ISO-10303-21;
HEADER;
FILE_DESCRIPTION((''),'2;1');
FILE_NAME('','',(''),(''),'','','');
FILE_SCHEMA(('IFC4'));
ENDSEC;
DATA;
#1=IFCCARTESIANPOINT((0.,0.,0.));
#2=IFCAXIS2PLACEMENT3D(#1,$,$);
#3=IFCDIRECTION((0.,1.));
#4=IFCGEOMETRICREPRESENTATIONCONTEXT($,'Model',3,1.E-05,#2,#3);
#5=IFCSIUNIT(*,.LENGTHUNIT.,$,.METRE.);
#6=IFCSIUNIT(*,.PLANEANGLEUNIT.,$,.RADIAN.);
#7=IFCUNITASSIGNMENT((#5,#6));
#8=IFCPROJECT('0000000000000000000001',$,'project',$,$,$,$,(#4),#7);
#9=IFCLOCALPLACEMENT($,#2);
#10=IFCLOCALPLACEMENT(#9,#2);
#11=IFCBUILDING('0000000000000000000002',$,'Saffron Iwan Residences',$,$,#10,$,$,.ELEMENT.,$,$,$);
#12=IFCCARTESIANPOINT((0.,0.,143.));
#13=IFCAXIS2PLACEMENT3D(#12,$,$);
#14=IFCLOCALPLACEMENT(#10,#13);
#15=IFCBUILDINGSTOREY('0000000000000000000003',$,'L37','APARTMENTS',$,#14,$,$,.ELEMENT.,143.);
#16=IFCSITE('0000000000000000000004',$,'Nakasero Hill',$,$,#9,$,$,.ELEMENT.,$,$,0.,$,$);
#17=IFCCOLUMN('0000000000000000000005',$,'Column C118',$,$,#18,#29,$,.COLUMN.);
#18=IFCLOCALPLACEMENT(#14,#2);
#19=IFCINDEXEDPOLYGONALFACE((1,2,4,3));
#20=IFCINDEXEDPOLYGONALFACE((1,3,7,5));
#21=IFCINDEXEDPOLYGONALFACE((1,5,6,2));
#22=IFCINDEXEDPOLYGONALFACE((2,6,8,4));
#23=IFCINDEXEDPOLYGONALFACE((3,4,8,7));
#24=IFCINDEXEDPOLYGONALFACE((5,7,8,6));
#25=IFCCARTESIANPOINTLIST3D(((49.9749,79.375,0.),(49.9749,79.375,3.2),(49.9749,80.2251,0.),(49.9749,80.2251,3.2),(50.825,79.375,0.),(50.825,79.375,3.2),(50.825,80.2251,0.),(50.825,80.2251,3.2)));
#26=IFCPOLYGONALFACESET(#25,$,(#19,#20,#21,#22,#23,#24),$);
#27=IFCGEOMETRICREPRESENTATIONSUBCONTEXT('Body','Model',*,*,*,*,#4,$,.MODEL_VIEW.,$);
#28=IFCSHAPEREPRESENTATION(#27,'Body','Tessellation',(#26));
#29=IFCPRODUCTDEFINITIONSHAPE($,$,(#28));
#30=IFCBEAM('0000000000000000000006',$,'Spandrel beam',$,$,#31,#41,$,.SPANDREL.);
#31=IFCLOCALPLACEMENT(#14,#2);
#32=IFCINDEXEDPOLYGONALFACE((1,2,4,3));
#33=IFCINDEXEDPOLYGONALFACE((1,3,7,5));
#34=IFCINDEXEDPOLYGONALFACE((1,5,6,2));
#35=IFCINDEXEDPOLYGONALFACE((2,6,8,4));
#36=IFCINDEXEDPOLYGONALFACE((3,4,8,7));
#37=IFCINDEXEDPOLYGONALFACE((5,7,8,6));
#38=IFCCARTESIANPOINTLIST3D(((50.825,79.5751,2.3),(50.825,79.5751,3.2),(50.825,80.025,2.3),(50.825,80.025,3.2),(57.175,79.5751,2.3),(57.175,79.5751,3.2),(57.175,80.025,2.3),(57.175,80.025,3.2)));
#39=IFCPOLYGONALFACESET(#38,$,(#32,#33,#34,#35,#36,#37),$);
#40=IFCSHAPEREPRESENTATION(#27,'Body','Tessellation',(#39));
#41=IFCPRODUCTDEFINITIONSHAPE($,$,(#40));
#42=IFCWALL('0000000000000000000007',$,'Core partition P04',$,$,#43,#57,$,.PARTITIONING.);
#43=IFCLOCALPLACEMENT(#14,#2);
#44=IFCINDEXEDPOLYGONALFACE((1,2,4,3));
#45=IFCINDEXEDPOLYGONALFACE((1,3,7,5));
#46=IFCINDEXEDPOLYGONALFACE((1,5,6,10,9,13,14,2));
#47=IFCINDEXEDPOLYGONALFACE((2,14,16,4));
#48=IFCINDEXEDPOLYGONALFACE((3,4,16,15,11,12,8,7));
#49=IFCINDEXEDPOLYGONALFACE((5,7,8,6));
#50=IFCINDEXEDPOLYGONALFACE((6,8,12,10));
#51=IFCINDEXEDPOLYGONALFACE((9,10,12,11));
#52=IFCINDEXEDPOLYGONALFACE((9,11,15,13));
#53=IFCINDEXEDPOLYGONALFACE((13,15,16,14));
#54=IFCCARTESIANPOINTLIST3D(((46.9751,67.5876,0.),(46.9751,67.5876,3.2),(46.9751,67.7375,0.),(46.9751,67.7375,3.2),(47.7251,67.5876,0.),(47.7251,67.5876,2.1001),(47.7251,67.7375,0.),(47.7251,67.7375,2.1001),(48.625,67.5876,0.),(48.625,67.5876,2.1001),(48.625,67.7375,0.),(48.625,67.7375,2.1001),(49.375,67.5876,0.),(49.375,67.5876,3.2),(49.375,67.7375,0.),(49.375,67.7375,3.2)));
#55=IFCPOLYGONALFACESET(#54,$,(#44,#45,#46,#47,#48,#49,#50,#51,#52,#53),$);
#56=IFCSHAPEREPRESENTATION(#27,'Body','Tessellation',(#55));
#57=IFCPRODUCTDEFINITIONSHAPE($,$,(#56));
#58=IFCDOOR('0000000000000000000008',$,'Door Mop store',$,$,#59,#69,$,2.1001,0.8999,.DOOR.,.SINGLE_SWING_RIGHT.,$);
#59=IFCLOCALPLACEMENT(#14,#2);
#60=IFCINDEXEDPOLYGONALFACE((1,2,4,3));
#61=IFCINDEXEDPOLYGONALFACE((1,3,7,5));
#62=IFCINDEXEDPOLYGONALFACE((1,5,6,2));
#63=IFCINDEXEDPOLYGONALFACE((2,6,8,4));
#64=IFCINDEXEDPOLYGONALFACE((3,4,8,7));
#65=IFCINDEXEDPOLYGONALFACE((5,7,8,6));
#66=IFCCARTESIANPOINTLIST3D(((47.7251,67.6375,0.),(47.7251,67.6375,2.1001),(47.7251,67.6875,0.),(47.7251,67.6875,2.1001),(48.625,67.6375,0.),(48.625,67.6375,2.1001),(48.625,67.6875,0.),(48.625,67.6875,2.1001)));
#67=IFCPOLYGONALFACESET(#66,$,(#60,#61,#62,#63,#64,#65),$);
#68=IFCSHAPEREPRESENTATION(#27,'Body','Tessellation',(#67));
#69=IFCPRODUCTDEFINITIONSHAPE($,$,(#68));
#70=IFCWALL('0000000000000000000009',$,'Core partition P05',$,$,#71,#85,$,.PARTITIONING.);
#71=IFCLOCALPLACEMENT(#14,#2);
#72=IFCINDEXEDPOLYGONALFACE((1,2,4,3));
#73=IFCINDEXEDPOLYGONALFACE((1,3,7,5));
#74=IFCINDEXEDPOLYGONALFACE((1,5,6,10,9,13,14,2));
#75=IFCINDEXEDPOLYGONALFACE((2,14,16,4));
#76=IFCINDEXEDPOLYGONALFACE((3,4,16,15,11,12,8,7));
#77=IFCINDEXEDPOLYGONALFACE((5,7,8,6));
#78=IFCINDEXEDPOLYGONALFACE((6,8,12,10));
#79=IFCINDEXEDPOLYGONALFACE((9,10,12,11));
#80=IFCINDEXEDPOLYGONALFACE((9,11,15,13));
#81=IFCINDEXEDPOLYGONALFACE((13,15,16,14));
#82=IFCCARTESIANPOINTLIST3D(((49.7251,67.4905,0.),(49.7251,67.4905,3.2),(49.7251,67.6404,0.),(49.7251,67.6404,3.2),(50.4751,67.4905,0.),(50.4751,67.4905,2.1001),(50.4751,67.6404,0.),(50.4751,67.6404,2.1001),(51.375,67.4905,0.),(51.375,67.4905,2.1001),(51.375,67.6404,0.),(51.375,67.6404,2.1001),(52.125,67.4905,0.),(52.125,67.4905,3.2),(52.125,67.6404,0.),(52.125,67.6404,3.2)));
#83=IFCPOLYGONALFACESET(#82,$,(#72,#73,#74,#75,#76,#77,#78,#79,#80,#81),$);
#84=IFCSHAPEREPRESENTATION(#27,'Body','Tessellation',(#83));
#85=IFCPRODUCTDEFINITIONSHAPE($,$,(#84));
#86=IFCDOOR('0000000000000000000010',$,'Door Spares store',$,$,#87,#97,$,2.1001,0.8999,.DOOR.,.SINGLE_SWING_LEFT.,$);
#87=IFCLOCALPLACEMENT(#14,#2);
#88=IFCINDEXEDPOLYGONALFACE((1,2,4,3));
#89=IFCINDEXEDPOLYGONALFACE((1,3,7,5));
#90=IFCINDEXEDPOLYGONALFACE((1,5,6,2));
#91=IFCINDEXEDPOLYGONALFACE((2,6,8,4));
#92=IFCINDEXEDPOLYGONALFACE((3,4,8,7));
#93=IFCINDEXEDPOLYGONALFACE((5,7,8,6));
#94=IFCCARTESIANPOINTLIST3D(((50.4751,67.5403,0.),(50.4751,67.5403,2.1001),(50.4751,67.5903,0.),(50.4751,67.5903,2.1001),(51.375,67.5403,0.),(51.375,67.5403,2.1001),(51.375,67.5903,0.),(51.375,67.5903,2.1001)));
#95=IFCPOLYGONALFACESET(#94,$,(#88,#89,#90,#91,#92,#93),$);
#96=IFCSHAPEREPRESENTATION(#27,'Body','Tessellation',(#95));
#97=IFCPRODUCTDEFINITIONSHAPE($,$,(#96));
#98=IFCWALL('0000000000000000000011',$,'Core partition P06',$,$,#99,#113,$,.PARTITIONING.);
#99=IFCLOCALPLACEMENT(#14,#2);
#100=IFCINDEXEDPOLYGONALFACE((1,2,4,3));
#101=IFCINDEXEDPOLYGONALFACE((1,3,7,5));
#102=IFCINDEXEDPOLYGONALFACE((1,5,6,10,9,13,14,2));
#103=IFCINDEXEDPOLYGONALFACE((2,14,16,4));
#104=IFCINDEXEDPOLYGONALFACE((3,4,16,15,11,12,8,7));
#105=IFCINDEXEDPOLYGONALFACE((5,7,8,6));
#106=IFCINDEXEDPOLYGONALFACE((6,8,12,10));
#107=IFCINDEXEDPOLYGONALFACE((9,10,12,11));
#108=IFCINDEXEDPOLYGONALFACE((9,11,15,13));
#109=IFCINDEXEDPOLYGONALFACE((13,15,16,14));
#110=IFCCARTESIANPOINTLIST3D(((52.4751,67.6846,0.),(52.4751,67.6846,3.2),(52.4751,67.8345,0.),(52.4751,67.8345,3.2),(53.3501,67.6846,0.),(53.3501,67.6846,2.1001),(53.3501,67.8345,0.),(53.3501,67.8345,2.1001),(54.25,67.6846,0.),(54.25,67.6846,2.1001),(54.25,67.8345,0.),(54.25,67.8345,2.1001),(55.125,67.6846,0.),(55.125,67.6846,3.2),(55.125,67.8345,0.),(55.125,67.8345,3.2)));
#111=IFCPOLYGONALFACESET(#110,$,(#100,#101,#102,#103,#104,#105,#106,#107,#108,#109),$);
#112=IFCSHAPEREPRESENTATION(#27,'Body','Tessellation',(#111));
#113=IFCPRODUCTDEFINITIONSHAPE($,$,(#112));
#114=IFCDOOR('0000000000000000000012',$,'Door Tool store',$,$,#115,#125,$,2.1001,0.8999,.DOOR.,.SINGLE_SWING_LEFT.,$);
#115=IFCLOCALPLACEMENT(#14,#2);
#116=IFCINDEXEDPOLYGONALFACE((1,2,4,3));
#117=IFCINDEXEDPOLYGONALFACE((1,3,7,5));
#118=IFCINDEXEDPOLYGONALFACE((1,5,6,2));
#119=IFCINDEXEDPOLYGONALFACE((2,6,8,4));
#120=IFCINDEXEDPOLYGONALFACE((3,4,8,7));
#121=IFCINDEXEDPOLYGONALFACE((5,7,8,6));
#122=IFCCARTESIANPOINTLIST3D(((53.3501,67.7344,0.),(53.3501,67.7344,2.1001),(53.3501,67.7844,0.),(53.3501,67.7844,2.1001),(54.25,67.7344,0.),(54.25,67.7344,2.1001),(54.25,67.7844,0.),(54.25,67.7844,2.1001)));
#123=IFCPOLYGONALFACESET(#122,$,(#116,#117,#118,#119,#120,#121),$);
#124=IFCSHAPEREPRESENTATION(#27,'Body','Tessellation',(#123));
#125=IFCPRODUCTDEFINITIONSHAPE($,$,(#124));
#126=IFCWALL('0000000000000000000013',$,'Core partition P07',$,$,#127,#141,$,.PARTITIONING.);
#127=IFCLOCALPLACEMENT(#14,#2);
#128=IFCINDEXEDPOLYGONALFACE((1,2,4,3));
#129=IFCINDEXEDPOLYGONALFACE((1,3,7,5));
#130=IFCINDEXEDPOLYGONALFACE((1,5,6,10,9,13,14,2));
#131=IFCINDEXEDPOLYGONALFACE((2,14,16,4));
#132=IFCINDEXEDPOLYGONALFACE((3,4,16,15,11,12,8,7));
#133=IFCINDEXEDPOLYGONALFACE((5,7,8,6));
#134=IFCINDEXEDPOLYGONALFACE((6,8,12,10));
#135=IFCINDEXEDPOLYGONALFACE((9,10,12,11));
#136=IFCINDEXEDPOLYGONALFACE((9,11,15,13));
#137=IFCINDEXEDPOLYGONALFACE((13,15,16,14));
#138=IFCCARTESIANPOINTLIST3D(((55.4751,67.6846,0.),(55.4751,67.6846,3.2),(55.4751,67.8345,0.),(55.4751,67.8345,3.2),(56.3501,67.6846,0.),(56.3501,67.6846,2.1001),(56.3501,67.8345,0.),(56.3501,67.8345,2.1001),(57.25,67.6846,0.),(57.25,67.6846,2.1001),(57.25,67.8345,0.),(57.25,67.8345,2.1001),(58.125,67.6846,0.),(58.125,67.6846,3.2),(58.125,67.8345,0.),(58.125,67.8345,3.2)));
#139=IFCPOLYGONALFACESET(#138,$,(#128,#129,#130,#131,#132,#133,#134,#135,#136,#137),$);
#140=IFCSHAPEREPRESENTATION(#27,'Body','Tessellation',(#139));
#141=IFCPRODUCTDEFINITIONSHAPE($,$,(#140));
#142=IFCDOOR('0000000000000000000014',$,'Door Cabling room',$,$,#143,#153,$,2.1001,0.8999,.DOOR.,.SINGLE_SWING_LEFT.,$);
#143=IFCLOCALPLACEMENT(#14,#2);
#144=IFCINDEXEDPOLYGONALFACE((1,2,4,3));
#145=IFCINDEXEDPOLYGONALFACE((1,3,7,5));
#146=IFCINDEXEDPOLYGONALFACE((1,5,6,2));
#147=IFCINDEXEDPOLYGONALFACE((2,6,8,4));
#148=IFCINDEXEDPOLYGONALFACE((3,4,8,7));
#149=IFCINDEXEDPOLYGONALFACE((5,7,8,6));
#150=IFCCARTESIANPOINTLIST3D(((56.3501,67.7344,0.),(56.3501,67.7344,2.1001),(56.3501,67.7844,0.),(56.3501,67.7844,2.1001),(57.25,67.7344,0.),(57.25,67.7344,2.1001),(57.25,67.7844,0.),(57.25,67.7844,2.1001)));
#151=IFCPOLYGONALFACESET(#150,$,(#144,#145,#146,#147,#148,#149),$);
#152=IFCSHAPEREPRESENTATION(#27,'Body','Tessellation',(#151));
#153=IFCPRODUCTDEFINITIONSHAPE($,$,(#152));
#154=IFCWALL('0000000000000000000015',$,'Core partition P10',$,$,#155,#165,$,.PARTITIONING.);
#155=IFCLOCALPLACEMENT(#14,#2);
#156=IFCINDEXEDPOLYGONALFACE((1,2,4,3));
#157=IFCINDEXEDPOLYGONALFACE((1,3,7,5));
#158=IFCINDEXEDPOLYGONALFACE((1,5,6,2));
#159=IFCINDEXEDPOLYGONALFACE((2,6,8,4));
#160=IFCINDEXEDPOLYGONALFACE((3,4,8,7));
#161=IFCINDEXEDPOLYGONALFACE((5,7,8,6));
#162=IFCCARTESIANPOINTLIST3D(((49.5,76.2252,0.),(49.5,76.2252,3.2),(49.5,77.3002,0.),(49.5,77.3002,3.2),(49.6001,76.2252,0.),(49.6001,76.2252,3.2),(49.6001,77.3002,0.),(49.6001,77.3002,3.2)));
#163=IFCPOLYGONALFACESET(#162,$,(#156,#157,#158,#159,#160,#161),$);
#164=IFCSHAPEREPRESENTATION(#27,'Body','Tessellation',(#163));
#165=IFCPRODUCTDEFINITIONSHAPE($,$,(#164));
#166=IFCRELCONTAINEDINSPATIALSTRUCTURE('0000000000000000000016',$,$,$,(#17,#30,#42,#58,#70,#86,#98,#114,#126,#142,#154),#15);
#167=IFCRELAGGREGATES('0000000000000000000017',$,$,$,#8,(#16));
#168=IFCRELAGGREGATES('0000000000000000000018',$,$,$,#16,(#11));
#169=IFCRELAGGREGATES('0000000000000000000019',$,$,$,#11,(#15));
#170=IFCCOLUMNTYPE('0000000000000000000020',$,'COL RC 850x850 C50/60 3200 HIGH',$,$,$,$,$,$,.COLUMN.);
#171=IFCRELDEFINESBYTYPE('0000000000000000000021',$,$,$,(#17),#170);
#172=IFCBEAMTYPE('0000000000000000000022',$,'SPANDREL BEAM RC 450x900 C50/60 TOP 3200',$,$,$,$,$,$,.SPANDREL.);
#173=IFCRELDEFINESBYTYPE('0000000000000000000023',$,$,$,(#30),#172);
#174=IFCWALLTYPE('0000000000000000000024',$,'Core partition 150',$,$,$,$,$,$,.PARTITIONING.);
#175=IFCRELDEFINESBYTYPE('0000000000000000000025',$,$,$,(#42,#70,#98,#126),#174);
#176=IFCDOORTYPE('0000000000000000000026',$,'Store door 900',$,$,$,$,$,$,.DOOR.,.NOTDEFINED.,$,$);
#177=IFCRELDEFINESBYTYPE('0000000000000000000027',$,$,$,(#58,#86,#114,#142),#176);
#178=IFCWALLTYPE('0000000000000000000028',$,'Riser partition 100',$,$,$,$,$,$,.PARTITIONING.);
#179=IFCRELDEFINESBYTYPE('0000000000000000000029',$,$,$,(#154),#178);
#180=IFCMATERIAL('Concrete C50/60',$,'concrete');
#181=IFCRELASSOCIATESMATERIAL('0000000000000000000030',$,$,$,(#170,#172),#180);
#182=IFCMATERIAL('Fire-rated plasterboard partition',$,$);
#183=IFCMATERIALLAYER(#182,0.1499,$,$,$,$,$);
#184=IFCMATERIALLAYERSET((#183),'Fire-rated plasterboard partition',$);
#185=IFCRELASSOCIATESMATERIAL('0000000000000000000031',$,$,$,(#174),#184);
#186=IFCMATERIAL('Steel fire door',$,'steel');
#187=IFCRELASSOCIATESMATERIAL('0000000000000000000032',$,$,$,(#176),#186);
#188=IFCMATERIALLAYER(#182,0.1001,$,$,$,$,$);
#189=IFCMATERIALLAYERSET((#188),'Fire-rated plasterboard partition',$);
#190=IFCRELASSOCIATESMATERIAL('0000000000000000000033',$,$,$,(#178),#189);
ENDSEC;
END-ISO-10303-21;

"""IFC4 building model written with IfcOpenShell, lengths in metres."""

from ifc_helpers import new_model, si_unit, direction, frame, frame_2d, origin, origin_2d, place, context, subcontext, project, spatial, rectangle, extrude, source, transform, mapped, material, layer, layer_set, material_profile, profile_set, type_object, element, fill, save


model = new_model("IFC4")

# Units and contexts
model_context = context("Model", 3, precision=1e-05, world=origin(), true_north=direction((0.0, 1.0)))
body_context = subcontext(model_context, "Body", "Model", "MODEL_VIEW")
ifc_project = project(units=[si_unit("LENGTHUNIT", "METRE"), si_unit("PLANEANGLEUNIT", "RADIAN")], contexts=[model_context])

# Site, building, storey
site_placement = place(None, origin())
site = spatial("IfcSite", under=ifc_project, at=site_placement, Name="Nakasero Hill", CompositionType="ELEMENT", RefElevation=0.0)
building_placement = place(site_placement, origin())
building = spatial("IfcBuilding", under=site, at=building_placement, Name="Saffron Iwan Residences", CompositionType="ELEMENT")
storey_placement = place(building_placement, frame((0.0, 0.0, 143.0)))
storey = spatial("IfcBuildingStorey", under=building, at=storey_placement, Name="L37", Description="APARTMENTS", CompositionType="ELEMENT", Elevation=143.0)

# Column
ifc_material_1 = material(Name="Concrete C50/60", Category="concrete")
ifc_material_profile_1 = material_profile(ifc_material_1, rectangle(XDim=0.8501, YDim=0.8501, at=origin_2d()), Name="RC 850x850")
ifc_profile_set_1 = profile_set([ifc_material_profile_1], Name="Concrete C50/60")
column_type = type_object("IfcColumnType", Name="COL RC 850x850 C50/60 3200 HIGH", PredefinedType="COLUMN", material=ifc_profile_set_1)
shared_shape_1 = source(origin(), body_context, "Body", "SweptSolid", [
    extrude(rectangle(XDim=0.8501, YDim=0.8501, at=origin_2d()), origin(), (0.0, 0.0, 1.0), 3.2),
])
column_placement = place(storey_placement, frame((50.3999, 79.8, 0.0), z_axis=(0.0, 0.0, 1.0), x_axis=(1.0, 0.0, 0.0)))
element("IfcColumn", 1, at=column_placement, inside=storey, type_object=column_type, Name="Column C118", PredefinedType="COLUMN", context=body_context, shape_type="MappedRepresentation", body=[
    mapped(shared_shape_1, transform((0.0, 0.0, 0.0))),
])

# Beam
ifc_material_profile_2 = material_profile(ifc_material_1, rectangle(XDim=0.45, YDim=0.8999, at=origin_2d()), Name="RC 450x900")
ifc_profile_set_2 = profile_set([ifc_material_profile_2], Name="Concrete C50/60")
beam_type = type_object("IfcBeamType", Name="SPANDREL BEAM RC 450x900 C50/60 TOP 3200", PredefinedType="SPANDREL", material=ifc_profile_set_2)
shared_shape_2 = source(origin(), body_context, "Body", "SweptSolid", [
    extrude(rectangle(XDim=0.45, YDim=0.8999, at=origin_2d()), origin(), (0.0, 0.0, 1.0), 6.3501),
])
beam_placement = place(storey_placement, frame((50.825, 79.8, 2.75), z_axis=(1.0, 0.0, 0.0), x_axis=(0.0, 1.0, 0.0)))
element("IfcBeam", 2, at=beam_placement, inside=storey, type_object=beam_type, Name="Spandrel beam", PredefinedType="SPANDREL", context=body_context, shape_type="MappedRepresentation", body=[
    mapped(shared_shape_2, transform((0.0, 0.0, 0.0))),
])

# Walls, openings, doors
ifc_material_2 = material(Name="Fire-rated plasterboard partition")
ifc_layer_1 = layer(ifc_material_2, 0.1499)
ifc_layer_set_1 = layer_set([ifc_layer_1], Name="Fire-rated plasterboard partition")
wall_type_1 = type_object("IfcWallType", Name="Core partition 150", PredefinedType="PARTITIONING", material=ifc_layer_set_1)
wall_1_placement = place(storey_placement, frame((46.9751, 67.6626, 0.0), z_axis=(0.0, 0.0, 1.0), x_axis=(1.0, 0.0, 0.0)))
wall_1 = element("IfcWall", 3, at=wall_1_placement, inside=storey, type_object=wall_type_1, Name="Core partition P04", PredefinedType="PARTITIONING", context=body_context, shape_type="SweptSolid", body=[
    extrude(rectangle(XDim=2.3999, YDim=0.1499, at=frame_2d((1.2, 0.0))), origin(), (0.0, 0.0, 1.0), 3.2),
])
opening_1_placement = place(wall_1_placement, frame((0.75, 0.0, 0.0)))
opening_1 = element("IfcOpeningElement", 4, at=opening_1_placement, cuts=wall_1, PredefinedType="OPENING", context=body_context, shape_type="SweptSolid", body=[
    extrude(rectangle(XDim=0.8999, YDim=2.1001, at=frame_2d((0.45, 1.05))), frame((0.0, 0.085, 0.0), z_axis=(0.0, -1.0, 0.0), x_axis=(1.0, 0.0, 0.0)), (0.0, 0.0, 1.0), 0.1699),
])
ifc_material_3 = material(Name="Steel fire door", Category="steel")
door_type = type_object("IfcDoorType", Name="Store door 900", OperationType="NOTDEFINED", PredefinedType="DOOR", material=ifc_material_3)
door_1_placement = place(opening_1_placement, origin())
door_1 = element("IfcDoor", 5, at=door_1_placement, inside=storey, type_object=door_type, Name="Door Mop store", OperationType="SINGLE_SWING_RIGHT", OverallHeight=2.1001, OverallWidth=0.8999, PredefinedType="DOOR", context=body_context, shape_type="SweptSolid", body=[
    extrude(rectangle(XDim=0.8999, YDim=2.1001, at=frame_2d((0.45, 1.05))), frame((0.0, 0.0249, 0.0), z_axis=(0.0, -1.0, 0.0), x_axis=(1.0, 0.0, 0.0)), (0.0, 0.0, 1.0), 0.05),
])
fill(opening_1, door_1)
wall_2_placement = place(storey_placement, frame((49.7251, 67.5654, 0.0), z_axis=(0.0, 0.0, 1.0), x_axis=(1.0, 0.0, 0.0)))
wall_2 = element("IfcWall", 6, at=wall_2_placement, inside=storey, type_object=wall_type_1, Name="Core partition P05", PredefinedType="PARTITIONING", context=body_context, shape_type="SweptSolid", body=[
    extrude(rectangle(XDim=2.3999, YDim=0.1499, at=frame_2d((1.2, 0.0))), origin(), (0.0, 0.0, 1.0), 3.2),
])
opening_2_placement = place(wall_2_placement, frame((0.75, 0.0, 0.0)))
opening_2 = element("IfcOpeningElement", 7, at=opening_2_placement, cuts=wall_2, PredefinedType="OPENING", context=body_context, shape_type="SweptSolid", body=[
    extrude(rectangle(XDim=0.8999, YDim=2.1001, at=frame_2d((0.45, 1.05))), frame((0.0, 0.085, 0.0), z_axis=(0.0, -1.0, 0.0), x_axis=(1.0, 0.0, 0.0)), (0.0, 0.0, 1.0), 0.1699),
])
door_2_placement = place(opening_2_placement, origin())
door_2 = element("IfcDoor", 8, at=door_2_placement, inside=storey, type_object=door_type, Name="Door Spares store", OperationType="SINGLE_SWING_LEFT", OverallHeight=2.1001, OverallWidth=0.8999, PredefinedType="DOOR", context=body_context, shape_type="SweptSolid", body=[
    extrude(rectangle(XDim=0.8999, YDim=2.1001, at=frame_2d((0.45, 1.05))), frame((0.0, 0.0249, 0.0), z_axis=(0.0, -1.0, 0.0), x_axis=(1.0, 0.0, 0.0)), (0.0, 0.0, 1.0), 0.05),
])
fill(opening_2, door_2)
wall_3_placement = place(storey_placement, frame((52.4751, 67.7595, 0.0), z_axis=(0.0, 0.0, 1.0), x_axis=(1.0, 0.0, 0.0)))
wall_3 = element("IfcWall", 9, at=wall_3_placement, inside=storey, type_object=wall_type_1, Name="Core partition P06", PredefinedType="PARTITIONING", context=body_context, shape_type="SweptSolid", body=[
    extrude(rectangle(XDim=2.6499, YDim=0.1499, at=frame_2d((1.325, 0.0))), origin(), (0.0, 0.0, 1.0), 3.2),
])
opening_3_placement = place(wall_3_placement, frame((0.875, 0.0, 0.0)))
opening_3 = element("IfcOpeningElement", 10, at=opening_3_placement, cuts=wall_3, PredefinedType="OPENING", context=body_context, shape_type="SweptSolid", body=[
    extrude(rectangle(XDim=0.8999, YDim=2.1001, at=frame_2d((0.45, 1.05))), frame((0.0, 0.085, 0.0), z_axis=(0.0, -1.0, 0.0), x_axis=(1.0, 0.0, 0.0)), (0.0, 0.0, 1.0), 0.1699),
])
door_3_placement = place(opening_3_placement, origin())
door_3 = element("IfcDoor", 11, at=door_3_placement, inside=storey, type_object=door_type, Name="Door Tool store", OperationType="SINGLE_SWING_LEFT", OverallHeight=2.1001, OverallWidth=0.8999, PredefinedType="DOOR", context=body_context, shape_type="SweptSolid", body=[
    extrude(rectangle(XDim=0.8999, YDim=2.1001, at=frame_2d((0.45, 1.05))), frame((0.0, 0.0249, 0.0), z_axis=(0.0, -1.0, 0.0), x_axis=(1.0, 0.0, 0.0)), (0.0, 0.0, 1.0), 0.05),
])
fill(opening_3, door_3)
wall_4_placement = place(storey_placement, frame((55.4751, 67.7595, 0.0), z_axis=(0.0, 0.0, 1.0), x_axis=(1.0, 0.0, 0.0)))
wall_4 = element("IfcWall", 12, at=wall_4_placement, inside=storey, type_object=wall_type_1, Name="Core partition P07", PredefinedType="PARTITIONING", context=body_context, shape_type="SweptSolid", body=[
    extrude(rectangle(XDim=2.6499, YDim=0.1499, at=frame_2d((1.325, 0.0))), origin(), (0.0, 0.0, 1.0), 3.2),
])
opening_4_placement = place(wall_4_placement, frame((0.875, 0.0, 0.0)))
opening_4 = element("IfcOpeningElement", 13, at=opening_4_placement, cuts=wall_4, PredefinedType="OPENING", context=body_context, shape_type="SweptSolid", body=[
    extrude(rectangle(XDim=0.8999, YDim=2.1001, at=frame_2d((0.45, 1.05))), frame((0.0, 0.085, 0.0), z_axis=(0.0, -1.0, 0.0), x_axis=(1.0, 0.0, 0.0)), (0.0, 0.0, 1.0), 0.1699),
])
door_4_placement = place(opening_4_placement, origin())
door_4 = element("IfcDoor", 14, at=door_4_placement, inside=storey, type_object=door_type, Name="Door Cabling room", OperationType="SINGLE_SWING_LEFT", OverallHeight=2.1001, OverallWidth=0.8999, PredefinedType="DOOR", context=body_context, shape_type="SweptSolid", body=[
    extrude(rectangle(XDim=0.8999, YDim=2.1001, at=frame_2d((0.45, 1.05))), frame((0.0, 0.0249, 0.0), z_axis=(0.0, -1.0, 0.0), x_axis=(1.0, 0.0, 0.0)), (0.0, 0.0, 1.0), 0.05),
])
fill(opening_4, door_4)

# Wall
ifc_layer_2 = layer(ifc_material_2, 0.1001)
ifc_layer_set_2 = layer_set([ifc_layer_2], Name="Fire-rated plasterboard partition")
wall_type_2 = type_object("IfcWallType", Name="Riser partition 100", PredefinedType="PARTITIONING", material=ifc_layer_set_2)
for number, where, z_axis, x_axis, name in (
    (15, (49.55, 76.2251, 0.0), (0.0, 0.0, 1.0), (0.0, 1.0, 0.0), "Core partition P10"),
):
    element("IfcWall", number, at=place(storey_placement, frame(where, z_axis=z_axis, x_axis=x_axis)), inside=storey, type_object=wall_type_2, Name=name, PredefinedType="PARTITIONING", context=body_context, shape_type="SweptSolid", body=[
        extrude(rectangle(XDim=1.075, YDim=0.1001, at=frame_2d((0.5376, 0.0))), origin(), (0.0, 0.0, 1.0), 3.2),
    ])

save(model, "model.ifc")
